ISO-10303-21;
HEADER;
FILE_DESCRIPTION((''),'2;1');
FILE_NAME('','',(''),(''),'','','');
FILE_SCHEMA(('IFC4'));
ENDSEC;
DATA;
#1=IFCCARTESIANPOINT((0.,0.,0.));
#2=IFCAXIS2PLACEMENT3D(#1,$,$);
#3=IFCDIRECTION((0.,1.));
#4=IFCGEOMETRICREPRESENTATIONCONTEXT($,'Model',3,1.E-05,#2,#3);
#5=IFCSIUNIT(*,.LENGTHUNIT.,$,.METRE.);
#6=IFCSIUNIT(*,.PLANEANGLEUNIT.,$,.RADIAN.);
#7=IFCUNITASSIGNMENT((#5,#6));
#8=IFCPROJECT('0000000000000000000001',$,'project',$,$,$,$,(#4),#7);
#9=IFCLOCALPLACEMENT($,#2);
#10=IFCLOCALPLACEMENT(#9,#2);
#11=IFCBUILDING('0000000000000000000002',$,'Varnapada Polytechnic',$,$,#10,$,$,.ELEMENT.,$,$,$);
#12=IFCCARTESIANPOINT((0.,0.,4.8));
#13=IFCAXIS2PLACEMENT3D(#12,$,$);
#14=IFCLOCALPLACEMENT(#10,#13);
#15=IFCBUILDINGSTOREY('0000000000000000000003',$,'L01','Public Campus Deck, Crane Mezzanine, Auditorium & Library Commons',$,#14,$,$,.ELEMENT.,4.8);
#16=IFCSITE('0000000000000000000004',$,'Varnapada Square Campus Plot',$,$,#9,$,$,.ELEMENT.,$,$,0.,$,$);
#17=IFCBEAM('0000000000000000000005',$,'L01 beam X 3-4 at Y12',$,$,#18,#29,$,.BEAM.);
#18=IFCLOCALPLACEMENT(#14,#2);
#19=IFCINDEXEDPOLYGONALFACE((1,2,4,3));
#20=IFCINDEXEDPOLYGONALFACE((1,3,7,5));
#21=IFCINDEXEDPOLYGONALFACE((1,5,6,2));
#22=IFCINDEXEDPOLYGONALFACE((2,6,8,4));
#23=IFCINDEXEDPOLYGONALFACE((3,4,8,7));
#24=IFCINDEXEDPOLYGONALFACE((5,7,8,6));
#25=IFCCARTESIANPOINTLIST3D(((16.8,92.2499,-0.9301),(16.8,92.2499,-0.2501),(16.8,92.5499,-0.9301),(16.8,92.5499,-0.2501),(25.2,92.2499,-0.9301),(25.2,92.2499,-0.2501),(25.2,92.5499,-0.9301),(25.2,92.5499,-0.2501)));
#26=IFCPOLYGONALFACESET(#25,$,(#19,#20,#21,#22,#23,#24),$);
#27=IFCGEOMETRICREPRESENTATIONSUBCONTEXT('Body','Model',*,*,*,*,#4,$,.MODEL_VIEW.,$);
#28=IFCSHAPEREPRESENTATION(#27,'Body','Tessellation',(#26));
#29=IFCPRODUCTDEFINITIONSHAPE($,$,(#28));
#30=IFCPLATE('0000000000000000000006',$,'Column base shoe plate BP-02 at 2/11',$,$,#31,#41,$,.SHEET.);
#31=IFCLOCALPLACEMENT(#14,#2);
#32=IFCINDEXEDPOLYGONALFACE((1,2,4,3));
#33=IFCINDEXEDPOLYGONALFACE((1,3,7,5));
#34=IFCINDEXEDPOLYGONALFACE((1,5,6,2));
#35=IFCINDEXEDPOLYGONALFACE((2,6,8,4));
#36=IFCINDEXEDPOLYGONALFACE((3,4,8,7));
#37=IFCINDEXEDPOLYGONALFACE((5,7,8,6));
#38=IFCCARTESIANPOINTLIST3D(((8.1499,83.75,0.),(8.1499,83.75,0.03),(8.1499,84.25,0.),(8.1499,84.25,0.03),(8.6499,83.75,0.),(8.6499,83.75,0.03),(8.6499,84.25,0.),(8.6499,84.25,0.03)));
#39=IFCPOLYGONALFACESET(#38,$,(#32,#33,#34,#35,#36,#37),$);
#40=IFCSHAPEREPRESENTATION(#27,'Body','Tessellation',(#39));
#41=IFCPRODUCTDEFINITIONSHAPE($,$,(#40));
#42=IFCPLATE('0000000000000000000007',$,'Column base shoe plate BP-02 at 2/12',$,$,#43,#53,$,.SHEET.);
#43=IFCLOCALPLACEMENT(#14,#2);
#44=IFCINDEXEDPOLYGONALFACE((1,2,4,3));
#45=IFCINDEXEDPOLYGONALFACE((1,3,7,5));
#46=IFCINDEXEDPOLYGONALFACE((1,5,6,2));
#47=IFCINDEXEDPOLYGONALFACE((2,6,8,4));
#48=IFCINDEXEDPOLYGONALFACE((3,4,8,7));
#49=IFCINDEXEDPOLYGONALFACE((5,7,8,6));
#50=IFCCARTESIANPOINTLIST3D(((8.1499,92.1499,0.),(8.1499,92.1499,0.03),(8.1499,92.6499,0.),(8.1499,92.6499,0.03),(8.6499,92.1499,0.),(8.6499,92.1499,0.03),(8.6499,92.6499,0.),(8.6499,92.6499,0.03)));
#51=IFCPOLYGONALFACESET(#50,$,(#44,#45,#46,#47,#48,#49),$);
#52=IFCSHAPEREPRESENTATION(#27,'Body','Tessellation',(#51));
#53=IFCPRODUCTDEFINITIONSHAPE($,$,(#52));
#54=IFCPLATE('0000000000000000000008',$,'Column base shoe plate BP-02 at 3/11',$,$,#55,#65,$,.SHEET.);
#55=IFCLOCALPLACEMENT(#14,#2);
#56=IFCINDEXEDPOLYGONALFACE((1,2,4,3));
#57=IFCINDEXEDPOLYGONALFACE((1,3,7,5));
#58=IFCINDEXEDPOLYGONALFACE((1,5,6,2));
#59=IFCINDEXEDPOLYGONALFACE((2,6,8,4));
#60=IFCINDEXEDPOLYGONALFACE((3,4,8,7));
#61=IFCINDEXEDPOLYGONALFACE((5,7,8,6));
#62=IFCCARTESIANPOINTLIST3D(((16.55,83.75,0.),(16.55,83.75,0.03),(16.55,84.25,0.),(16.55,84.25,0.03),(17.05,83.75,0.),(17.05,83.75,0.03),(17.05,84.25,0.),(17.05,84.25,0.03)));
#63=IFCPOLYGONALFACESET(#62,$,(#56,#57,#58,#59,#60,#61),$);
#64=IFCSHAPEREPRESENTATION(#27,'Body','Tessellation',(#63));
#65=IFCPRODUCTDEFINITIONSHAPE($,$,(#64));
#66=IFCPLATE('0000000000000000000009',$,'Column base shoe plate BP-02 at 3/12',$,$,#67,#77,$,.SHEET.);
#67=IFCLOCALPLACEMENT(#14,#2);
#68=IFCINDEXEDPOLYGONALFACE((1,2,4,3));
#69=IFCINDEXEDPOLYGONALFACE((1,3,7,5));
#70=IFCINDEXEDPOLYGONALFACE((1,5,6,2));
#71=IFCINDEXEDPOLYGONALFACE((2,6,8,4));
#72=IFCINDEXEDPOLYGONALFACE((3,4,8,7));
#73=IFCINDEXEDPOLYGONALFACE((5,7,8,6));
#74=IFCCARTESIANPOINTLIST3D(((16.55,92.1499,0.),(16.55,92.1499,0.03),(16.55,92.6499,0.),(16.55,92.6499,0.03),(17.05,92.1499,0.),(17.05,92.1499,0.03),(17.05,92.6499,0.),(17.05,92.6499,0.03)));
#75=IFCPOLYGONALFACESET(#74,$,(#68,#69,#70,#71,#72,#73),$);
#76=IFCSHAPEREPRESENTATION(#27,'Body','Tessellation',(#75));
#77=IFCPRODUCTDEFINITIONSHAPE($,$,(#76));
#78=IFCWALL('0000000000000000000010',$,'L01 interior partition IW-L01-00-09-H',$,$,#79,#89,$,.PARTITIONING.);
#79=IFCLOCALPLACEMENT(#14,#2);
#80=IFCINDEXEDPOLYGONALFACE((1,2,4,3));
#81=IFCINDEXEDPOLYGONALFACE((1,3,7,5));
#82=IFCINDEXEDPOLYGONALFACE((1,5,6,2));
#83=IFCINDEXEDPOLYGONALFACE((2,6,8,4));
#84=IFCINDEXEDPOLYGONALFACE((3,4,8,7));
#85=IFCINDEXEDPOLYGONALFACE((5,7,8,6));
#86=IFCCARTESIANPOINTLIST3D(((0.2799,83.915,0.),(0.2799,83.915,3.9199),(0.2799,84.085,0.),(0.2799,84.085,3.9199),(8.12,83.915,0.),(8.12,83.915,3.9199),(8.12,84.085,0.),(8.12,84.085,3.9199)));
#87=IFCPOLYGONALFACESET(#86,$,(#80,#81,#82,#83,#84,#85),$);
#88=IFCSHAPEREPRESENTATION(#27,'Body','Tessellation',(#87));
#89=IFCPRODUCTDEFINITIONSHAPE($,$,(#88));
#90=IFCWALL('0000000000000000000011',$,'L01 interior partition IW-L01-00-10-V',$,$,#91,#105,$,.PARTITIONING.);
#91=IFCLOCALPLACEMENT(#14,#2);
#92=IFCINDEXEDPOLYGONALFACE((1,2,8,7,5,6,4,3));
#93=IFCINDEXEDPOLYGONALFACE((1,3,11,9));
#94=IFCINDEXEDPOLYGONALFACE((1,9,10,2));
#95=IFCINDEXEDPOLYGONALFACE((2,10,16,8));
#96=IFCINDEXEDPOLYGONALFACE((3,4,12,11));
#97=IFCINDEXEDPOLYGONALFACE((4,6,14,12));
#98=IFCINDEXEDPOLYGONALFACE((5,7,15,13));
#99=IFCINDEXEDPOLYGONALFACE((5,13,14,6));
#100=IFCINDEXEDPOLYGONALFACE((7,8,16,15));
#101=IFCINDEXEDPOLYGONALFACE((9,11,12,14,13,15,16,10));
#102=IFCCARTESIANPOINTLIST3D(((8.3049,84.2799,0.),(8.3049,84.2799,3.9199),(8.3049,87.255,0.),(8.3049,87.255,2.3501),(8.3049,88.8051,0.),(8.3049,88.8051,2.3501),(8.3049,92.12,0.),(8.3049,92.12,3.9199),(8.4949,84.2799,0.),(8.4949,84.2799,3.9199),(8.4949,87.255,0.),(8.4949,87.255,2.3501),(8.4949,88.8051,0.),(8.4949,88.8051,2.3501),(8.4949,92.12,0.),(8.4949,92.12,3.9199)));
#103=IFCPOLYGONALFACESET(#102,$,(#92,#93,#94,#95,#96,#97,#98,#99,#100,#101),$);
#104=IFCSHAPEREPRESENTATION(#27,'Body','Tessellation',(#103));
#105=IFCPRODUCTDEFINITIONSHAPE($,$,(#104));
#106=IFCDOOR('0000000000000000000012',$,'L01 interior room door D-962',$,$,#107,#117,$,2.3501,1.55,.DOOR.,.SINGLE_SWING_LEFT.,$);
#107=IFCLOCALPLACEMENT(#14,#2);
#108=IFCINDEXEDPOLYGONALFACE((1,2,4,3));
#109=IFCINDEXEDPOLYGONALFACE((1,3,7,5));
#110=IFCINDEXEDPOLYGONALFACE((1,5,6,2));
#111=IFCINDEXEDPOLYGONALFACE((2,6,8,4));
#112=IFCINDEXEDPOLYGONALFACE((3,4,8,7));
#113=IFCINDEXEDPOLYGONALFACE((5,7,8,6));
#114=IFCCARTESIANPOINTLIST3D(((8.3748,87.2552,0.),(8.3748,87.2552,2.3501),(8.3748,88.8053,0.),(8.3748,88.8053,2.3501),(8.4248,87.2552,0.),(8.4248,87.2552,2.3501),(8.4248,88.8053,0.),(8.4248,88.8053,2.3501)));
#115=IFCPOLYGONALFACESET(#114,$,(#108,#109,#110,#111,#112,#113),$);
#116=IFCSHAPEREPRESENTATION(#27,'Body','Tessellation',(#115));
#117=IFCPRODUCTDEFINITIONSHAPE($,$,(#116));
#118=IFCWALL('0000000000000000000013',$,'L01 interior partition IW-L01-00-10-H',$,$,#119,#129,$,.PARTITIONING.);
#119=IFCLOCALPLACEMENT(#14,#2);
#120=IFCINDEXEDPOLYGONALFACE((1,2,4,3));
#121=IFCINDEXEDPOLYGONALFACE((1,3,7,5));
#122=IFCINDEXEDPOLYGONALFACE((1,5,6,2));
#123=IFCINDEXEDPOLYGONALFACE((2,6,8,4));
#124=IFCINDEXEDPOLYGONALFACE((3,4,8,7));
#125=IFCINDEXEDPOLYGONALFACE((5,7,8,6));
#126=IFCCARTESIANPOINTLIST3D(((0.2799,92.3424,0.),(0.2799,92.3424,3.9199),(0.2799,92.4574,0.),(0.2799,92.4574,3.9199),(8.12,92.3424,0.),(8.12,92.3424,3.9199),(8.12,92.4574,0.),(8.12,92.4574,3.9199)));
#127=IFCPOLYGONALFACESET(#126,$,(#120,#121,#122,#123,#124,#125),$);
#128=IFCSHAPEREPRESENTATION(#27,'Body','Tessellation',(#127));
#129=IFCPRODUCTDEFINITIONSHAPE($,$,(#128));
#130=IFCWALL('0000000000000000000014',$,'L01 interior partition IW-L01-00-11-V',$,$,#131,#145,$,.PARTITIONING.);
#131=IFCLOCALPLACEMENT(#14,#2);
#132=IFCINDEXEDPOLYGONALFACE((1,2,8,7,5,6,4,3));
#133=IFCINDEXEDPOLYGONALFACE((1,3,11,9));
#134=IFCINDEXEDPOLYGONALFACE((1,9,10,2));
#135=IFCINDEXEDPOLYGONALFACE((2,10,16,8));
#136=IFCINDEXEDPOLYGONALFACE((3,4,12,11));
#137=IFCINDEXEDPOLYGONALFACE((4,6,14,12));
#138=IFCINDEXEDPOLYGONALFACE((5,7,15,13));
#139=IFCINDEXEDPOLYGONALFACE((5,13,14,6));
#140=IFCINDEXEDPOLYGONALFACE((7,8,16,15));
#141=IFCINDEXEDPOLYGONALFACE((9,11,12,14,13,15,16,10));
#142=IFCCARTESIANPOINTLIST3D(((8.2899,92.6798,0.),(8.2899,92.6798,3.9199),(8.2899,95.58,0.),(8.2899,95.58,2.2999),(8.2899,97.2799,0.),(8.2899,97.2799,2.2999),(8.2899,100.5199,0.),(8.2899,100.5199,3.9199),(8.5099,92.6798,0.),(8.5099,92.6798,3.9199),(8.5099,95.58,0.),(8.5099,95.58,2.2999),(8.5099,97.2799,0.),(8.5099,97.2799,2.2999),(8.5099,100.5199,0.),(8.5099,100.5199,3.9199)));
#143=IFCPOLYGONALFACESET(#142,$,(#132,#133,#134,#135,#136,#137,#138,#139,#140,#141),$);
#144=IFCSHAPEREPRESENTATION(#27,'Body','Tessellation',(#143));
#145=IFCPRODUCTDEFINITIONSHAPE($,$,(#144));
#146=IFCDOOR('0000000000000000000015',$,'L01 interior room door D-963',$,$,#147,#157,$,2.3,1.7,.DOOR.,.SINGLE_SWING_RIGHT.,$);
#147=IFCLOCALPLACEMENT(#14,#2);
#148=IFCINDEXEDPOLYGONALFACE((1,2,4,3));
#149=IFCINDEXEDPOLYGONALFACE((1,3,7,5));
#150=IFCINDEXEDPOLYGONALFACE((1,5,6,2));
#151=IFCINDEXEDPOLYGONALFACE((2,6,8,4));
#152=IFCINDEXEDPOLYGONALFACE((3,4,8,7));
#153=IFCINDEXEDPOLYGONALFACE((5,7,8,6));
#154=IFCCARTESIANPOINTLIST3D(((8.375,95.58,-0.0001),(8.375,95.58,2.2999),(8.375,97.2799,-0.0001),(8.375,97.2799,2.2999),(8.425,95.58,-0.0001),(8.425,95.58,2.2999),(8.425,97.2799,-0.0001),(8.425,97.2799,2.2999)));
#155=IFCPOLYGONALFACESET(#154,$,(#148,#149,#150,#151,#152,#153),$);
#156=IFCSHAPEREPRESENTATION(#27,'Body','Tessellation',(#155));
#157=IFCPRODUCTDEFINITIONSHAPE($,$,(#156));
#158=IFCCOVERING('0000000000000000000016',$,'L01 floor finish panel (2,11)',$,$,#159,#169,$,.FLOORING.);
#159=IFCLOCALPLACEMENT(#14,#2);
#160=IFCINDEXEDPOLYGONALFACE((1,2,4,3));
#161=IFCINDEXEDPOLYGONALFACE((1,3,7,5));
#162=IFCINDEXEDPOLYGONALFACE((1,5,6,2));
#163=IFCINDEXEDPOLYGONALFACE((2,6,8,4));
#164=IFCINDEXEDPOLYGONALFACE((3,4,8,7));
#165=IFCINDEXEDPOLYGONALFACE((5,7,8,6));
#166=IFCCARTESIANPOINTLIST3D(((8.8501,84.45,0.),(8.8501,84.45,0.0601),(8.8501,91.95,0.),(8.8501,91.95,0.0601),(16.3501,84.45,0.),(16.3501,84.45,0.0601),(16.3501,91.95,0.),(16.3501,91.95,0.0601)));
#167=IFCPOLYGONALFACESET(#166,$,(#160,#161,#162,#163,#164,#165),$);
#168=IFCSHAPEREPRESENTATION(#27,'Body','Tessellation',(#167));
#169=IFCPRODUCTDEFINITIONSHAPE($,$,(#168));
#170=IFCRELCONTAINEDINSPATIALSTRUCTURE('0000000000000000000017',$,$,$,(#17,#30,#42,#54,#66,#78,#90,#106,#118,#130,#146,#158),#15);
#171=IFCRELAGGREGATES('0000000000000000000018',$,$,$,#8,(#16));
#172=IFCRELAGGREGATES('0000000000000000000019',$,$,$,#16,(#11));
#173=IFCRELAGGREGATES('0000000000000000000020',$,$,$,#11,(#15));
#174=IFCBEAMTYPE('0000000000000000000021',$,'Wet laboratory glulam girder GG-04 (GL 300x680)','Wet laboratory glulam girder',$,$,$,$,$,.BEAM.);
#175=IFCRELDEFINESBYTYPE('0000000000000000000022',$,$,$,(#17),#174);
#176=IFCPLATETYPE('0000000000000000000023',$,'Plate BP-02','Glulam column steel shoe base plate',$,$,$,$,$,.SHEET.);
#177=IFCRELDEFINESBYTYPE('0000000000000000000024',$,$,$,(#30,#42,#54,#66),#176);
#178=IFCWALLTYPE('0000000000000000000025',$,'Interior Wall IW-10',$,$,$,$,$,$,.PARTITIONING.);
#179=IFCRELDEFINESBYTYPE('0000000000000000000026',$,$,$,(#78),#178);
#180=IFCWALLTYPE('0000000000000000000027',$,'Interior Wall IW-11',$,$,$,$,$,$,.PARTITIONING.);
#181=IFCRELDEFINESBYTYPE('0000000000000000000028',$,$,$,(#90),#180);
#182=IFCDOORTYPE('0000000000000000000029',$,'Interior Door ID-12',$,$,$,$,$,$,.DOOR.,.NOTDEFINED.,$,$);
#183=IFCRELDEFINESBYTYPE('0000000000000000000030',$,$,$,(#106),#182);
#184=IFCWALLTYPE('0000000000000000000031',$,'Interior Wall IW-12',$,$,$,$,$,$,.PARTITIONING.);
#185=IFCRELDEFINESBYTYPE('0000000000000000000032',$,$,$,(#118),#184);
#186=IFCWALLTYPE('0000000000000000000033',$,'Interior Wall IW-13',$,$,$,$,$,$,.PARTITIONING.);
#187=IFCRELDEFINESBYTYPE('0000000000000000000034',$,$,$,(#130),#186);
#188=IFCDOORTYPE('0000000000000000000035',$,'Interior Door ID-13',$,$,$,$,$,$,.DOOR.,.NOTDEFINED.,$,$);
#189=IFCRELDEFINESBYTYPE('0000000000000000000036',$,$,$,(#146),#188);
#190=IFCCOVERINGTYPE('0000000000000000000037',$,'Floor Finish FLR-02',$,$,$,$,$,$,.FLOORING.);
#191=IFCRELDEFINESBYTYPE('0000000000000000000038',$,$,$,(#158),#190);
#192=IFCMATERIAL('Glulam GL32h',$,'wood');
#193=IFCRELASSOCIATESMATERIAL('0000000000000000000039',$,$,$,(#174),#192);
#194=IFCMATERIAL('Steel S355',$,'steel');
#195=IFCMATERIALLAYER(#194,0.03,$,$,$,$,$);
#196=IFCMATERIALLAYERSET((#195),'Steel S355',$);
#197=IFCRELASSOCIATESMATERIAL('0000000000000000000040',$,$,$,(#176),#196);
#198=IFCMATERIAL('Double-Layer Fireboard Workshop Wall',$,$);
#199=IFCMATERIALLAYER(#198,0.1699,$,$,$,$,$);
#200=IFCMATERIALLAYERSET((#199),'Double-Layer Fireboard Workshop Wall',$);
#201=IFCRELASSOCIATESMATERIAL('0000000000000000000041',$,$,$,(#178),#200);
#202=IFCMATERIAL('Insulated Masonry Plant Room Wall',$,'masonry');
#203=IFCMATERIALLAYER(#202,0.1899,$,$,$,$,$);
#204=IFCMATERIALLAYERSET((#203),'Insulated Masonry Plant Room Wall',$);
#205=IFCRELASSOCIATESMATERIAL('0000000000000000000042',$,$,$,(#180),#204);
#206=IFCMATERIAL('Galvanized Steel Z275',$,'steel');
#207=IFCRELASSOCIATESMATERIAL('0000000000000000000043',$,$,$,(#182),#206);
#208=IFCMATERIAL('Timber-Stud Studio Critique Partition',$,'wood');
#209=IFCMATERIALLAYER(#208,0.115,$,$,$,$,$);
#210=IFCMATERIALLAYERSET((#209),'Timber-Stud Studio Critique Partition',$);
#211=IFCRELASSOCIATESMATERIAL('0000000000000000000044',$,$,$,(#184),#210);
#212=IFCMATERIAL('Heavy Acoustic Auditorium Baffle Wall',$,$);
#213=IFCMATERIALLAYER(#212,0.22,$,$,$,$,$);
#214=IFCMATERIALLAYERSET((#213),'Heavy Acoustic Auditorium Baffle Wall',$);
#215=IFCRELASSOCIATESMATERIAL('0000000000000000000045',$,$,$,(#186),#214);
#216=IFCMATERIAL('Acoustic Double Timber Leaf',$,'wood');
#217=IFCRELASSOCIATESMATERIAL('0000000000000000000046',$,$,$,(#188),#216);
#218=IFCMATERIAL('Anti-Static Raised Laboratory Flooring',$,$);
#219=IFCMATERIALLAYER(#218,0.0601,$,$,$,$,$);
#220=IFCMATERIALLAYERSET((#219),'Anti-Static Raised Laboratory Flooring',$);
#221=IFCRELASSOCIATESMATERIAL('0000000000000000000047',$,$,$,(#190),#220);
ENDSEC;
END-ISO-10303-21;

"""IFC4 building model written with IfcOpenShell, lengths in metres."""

from ifc_helpers import new_model, si_unit, direction, frame, frame_2d, origin, origin_2d, place, context, subcontext, project, spatial, rectangle, extrude, material, layer, layer_set, material_profile, profile_set, type_object, element, fill, save


model = new_model("IFC4")

# Units and contexts
model_context = context("Model", 3, precision=1e-05, world=origin(), true_north=direction((0.0, 1.0)))
body_context = subcontext(model_context, "Body", "Model", "MODEL_VIEW")
ifc_project = project(units=[si_unit("LENGTHUNIT", "METRE"), si_unit("PLANEANGLEUNIT", "RADIAN")], contexts=[model_context])

# Site, building, storey
site_placement = place(None, origin())
site = spatial("IfcSite", under=ifc_project, at=site_placement, Name="Varnapada Square Campus Plot", CompositionType="ELEMENT", RefElevation=0.0)
building_placement = place(site_placement, origin())
building = spatial("IfcBuilding", under=site, at=building_placement, Name="Varnapada Polytechnic", CompositionType="ELEMENT")
storey_placement = place(building_placement, frame((0.0, 0.0, 4.8)))
storey = spatial("IfcBuildingStorey", under=building, at=storey_placement, Name="L01", Description="Public Campus Deck, Crane Mezzanine, Auditorium & Library Commons", CompositionType="ELEMENT", Elevation=4.8)

# Shared definitions
ifc_material_1 = material(Name="Glulam GL32h", Category="wood")

# Beam
ifc_material_profile_1 = material_profile(ifc_material_1, rectangle(XDim=0.3, YDim=0.6799, at=origin_2d()), Name="GL 300x680")
ifc_profile_set_1 = profile_set([ifc_material_profile_1], Name="Glulam GL32h")
beam_type_1 = type_object("IfcBeamType", Name="Wet laboratory glulam girder GG-04 (GL 300x680)", Description="Wet laboratory glulam girder", PredefinedType="BEAM", material=ifc_profile_set_1)
for number, where, z_axis, x_axis, name in (
    (1, (16.8, 92.3999, -0.5901), (1.0, 0.0, 0.0), (0.0, 1.0, 0.0), "L01 beam X 3-4 at Y12"),
):
    element("IfcBeam", number, at=place(storey_placement, frame(where, z_axis=z_axis, x_axis=x_axis)), inside=storey, type_object=beam_type_1, Name=name, PredefinedType="BEAM", context=body_context, shape_type="SweptSolid", body=[
        extrude(rectangle(XDim=0.3, YDim=0.6799, at=origin_2d()), origin(), (0.0, 0.0, 1.0), 8.3999),
    ])

# Plates
ifc_material_2 = material(Name="Steel S355", Category="steel")
ifc_layer_1 = layer(ifc_material_2, 0.03)
ifc_layer_set_1 = layer_set([ifc_layer_1], Name="Steel S355")
plate_type = type_object("IfcPlateType", Name="Plate BP-02", Description="Glulam column steel shoe base plate", PredefinedType="SHEET", material=ifc_layer_set_1)
for number, where, z_axis, x_axis, name in (
    (2, (8.3999, 84.0, 0.0), (0.0, 0.0, 1.0), (1.0, 0.0, 0.0), "Column base shoe plate BP-02 at 2/11"),
    (3, (8.3999, 92.3999, 0.0), (0.0, 0.0, 1.0), (1.0, 0.0, 0.0), "Column base shoe plate BP-02 at 2/12"),
    (4, (16.8, 84.0, 0.0), (0.0, 0.0, 1.0), (1.0, 0.0, 0.0), "Column base shoe plate BP-02 at 3/11"),
    (5, (16.8, 92.3999, 0.0), (0.0, 0.0, 1.0), (1.0, 0.0, 0.0), "Column base shoe plate BP-02 at 3/12"),
):
    element("IfcPlate", number, at=place(storey_placement, frame(where, z_axis=z_axis, x_axis=x_axis)), inside=storey, type_object=plate_type, Name=name, PredefinedType="SHEET", context=body_context, shape_type="SweptSolid", body=[
        extrude(rectangle(XDim=0.5, YDim=0.5, at=origin_2d()), origin(), (0.0, 0.0, 1.0), 0.03),
    ])

# Wall
ifc_material_3 = material(Name="Double-Layer Fireboard Workshop Wall")
ifc_layer_2 = layer(ifc_material_3, 0.1699)
ifc_layer_set_2 = layer_set([ifc_layer_2], Name="Double-Layer Fireboard Workshop Wall")
wall_type_1 = type_object("IfcWallType", Name="Interior Wall IW-10", PredefinedType="PARTITIONING", material=ifc_layer_set_2)
wall_1_placement = place(storey_placement, frame((0.28, 84.0, 0.0), z_axis=(0.0, 0.0, 1.0), x_axis=(1.0, 0.0, 0.0)))
element("IfcWall", 6, at=wall_1_placement, inside=storey, type_object=wall_type_1, Name="L01 interior partition IW-L01-00-09-H", PredefinedType="PARTITIONING", context=body_context, shape_type="SweptSolid", body=[
    extrude(rectangle(XDim=7.8401, YDim=0.1699, at=frame_2d((3.9199, 0.0))), origin(), (0.0, 0.0, 1.0), 3.9199),
])

# Wall, opening, door
ifc_material_4 = material(Name="Insulated Masonry Plant Room Wall", Category="masonry")
ifc_layer_3 = layer(ifc_material_4, 0.1899)
ifc_layer_set_3 = layer_set([ifc_layer_3], Name="Insulated Masonry Plant Room Wall")
wall_type_2 = type_object("IfcWallType", Name="Interior Wall IW-11", PredefinedType="PARTITIONING", material=ifc_layer_set_3)
wall_2_placement = place(storey_placement, frame((8.3999, 84.28, 0.0), z_axis=(0.0, 0.0, 1.0), x_axis=(0.0, 1.0, 0.0)))
wall_2 = element("IfcWall", 7, at=wall_2_placement, inside=storey, type_object=wall_type_2, Name="L01 interior partition IW-L01-00-10-V", PredefinedType="PARTITIONING", context=body_context, shape_type="SweptSolid", body=[
    extrude(rectangle(XDim=7.8401, YDim=0.1899, at=frame_2d((3.9199, 0.0))), origin(), (0.0, 0.0, 1.0), 3.9199),
])
opening_1_placement = place(wall_2_placement, frame((2.9751, 0.0, 0.0)))
opening_1 = element("IfcOpeningElement", 8, at=opening_1_placement, cuts=wall_2, PredefinedType="OPENING", context=body_context, shape_type="SweptSolid", body=[
    extrude(rectangle(XDim=1.55, YDim=2.3501, at=frame_2d((0.7749, 1.175))), frame((0.0, 0.105, 0.0), z_axis=(0.0, -1.0, 0.0), x_axis=(1.0, 0.0, 0.0)), (0.0, 0.0, 1.0), 0.21),
])
ifc_material_5 = material(Name="Galvanized Steel Z275", Category="steel")
door_type_1 = type_object("IfcDoorType", Name="Interior Door ID-12", OperationType="NOTDEFINED", PredefinedType="DOOR", material=ifc_material_5)
door_1_placement = place(opening_1_placement, frame((1.55, 0.0, 0.0), z_axis=(0.0, 0.0, 1.0), x_axis=(-1.0, 0.0, 0.0)))
door_1 = element("IfcDoor", 9, at=door_1_placement, inside=storey, type_object=door_type_1, Name="L01 interior room door D-962", OperationType="SINGLE_SWING_LEFT", OverallHeight=2.3501, OverallWidth=1.55, PredefinedType="DOOR", context=body_context, shape_type="SweptSolid", body=[
    extrude(rectangle(XDim=1.55, YDim=2.3501, at=frame_2d((0.7749, 1.175))), frame((0.0, 0.0249, 0.0), z_axis=(0.0, -1.0, 0.0), x_axis=(1.0, 0.0, 0.0)), (0.0, 0.0, 1.0), 0.05),
])
fill(opening_1, door_1)

# Wall
ifc_material_6 = material(Name="Timber-Stud Studio Critique Partition", Category="wood")
ifc_layer_4 = layer(ifc_material_6, 0.115)
ifc_layer_set_4 = layer_set([ifc_layer_4], Name="Timber-Stud Studio Critique Partition")
wall_type_3 = type_object("IfcWallType", Name="Interior Wall IW-12", PredefinedType="PARTITIONING", material=ifc_layer_set_4)
wall_3_placement = place(storey_placement, frame((0.28, 92.3999, 0.0), z_axis=(0.0, 0.0, 1.0), x_axis=(1.0, 0.0, 0.0)))
element("IfcWall", 10, at=wall_3_placement, inside=storey, type_object=wall_type_3, Name="L01 interior partition IW-L01-00-10-H", PredefinedType="PARTITIONING", context=body_context, shape_type="SweptSolid", body=[
    extrude(rectangle(XDim=7.8401, YDim=0.115, at=frame_2d((3.9199, 0.0))), origin(), (0.0, 0.0, 1.0), 3.9199),
])

# Wall, opening, door
ifc_material_7 = material(Name="Heavy Acoustic Auditorium Baffle Wall")
ifc_layer_5 = layer(ifc_material_7, 0.22)
ifc_layer_set_5 = layer_set([ifc_layer_5], Name="Heavy Acoustic Auditorium Baffle Wall")
wall_type_4 = type_object("IfcWallType", Name="Interior Wall IW-13", PredefinedType="PARTITIONING", material=ifc_layer_set_5)
wall_4_placement = place(storey_placement, frame((8.3999, 92.6799, 0.0), z_axis=(0.0, 0.0, 1.0), x_axis=(0.0, 1.0, 0.0)))
wall_4 = element("IfcWall", 11, at=wall_4_placement, inside=storey, type_object=wall_type_4, Name="L01 interior partition IW-L01-00-11-V", PredefinedType="PARTITIONING", context=body_context, shape_type="SweptSolid", body=[
    extrude(rectangle(XDim=7.8401, YDim=0.22, at=frame_2d((3.9199, 0.0))), origin(), (0.0, 0.0, 1.0), 3.9199),
])
opening_2_placement = place(wall_4_placement, frame((2.8999, 0.0, 0.0)))
opening_2 = element("IfcOpeningElement", 12, at=opening_2_placement, cuts=wall_4, PredefinedType="OPENING", context=body_context, shape_type="SweptSolid", body=[
    extrude(rectangle(XDim=1.7, YDim=2.3, at=frame_2d((0.8501, 1.1499))), frame((0.0, 0.1199, 0.0), z_axis=(0.0, -1.0, 0.0), x_axis=(1.0, 0.0, 0.0)), (0.0, 0.0, 1.0), 0.24),
])
ifc_material_8 = material(Name="Acoustic Double Timber Leaf", Category="wood")
door_type_2 = type_object("IfcDoorType", Name="Interior Door ID-13", OperationType="NOTDEFINED", PredefinedType="DOOR", material=ifc_material_8)
door_2_placement = place(opening_2_placement, origin())
door_2 = element("IfcDoor", 13, at=door_2_placement, inside=storey, type_object=door_type_2, Name="L01 interior room door D-963", OperationType="SINGLE_SWING_RIGHT", OverallHeight=2.3, OverallWidth=1.7, PredefinedType="DOOR", context=body_context, shape_type="SweptSolid", body=[
    extrude(rectangle(XDim=1.7, YDim=2.3, at=frame_2d((0.8501, 1.1499))), frame((0.0, 0.0249, 0.0), z_axis=(0.0, -1.0, 0.0), x_axis=(1.0, 0.0, 0.0)), (0.0, 0.0, 1.0), 0.05),
])
fill(opening_2, door_2)

# Covering
ifc_material_9 = material(Name="Anti-Static Raised Laboratory Flooring")
ifc_layer_6 = layer(ifc_material_9, 0.0601)
ifc_layer_set_6 = layer_set([ifc_layer_6], Name="Anti-Static Raised Laboratory Flooring")
covering_type_1 = type_object("IfcCoveringType", Name="Floor Finish FLR-02", PredefinedType="FLOORING", material=ifc_layer_set_6)
covering_1_placement = place(storey_placement, frame((12.6001, 88.2, 0.0), z_axis=(0.0, 0.0, 1.0), x_axis=(1.0, 0.0, 0.0)))
element("IfcCovering", 14, at=covering_1_placement, inside=storey, type_object=covering_type_1, Name="L01 floor finish panel (2,11)", PredefinedType="FLOORING", context=body_context, shape_type="SweptSolid", body=[
    extrude(rectangle(XDim=7.5, YDim=7.5, at=origin_2d()), origin(), (0.0, 0.0, 1.0), 0.0601),
])

save(model, "model.ifc")
